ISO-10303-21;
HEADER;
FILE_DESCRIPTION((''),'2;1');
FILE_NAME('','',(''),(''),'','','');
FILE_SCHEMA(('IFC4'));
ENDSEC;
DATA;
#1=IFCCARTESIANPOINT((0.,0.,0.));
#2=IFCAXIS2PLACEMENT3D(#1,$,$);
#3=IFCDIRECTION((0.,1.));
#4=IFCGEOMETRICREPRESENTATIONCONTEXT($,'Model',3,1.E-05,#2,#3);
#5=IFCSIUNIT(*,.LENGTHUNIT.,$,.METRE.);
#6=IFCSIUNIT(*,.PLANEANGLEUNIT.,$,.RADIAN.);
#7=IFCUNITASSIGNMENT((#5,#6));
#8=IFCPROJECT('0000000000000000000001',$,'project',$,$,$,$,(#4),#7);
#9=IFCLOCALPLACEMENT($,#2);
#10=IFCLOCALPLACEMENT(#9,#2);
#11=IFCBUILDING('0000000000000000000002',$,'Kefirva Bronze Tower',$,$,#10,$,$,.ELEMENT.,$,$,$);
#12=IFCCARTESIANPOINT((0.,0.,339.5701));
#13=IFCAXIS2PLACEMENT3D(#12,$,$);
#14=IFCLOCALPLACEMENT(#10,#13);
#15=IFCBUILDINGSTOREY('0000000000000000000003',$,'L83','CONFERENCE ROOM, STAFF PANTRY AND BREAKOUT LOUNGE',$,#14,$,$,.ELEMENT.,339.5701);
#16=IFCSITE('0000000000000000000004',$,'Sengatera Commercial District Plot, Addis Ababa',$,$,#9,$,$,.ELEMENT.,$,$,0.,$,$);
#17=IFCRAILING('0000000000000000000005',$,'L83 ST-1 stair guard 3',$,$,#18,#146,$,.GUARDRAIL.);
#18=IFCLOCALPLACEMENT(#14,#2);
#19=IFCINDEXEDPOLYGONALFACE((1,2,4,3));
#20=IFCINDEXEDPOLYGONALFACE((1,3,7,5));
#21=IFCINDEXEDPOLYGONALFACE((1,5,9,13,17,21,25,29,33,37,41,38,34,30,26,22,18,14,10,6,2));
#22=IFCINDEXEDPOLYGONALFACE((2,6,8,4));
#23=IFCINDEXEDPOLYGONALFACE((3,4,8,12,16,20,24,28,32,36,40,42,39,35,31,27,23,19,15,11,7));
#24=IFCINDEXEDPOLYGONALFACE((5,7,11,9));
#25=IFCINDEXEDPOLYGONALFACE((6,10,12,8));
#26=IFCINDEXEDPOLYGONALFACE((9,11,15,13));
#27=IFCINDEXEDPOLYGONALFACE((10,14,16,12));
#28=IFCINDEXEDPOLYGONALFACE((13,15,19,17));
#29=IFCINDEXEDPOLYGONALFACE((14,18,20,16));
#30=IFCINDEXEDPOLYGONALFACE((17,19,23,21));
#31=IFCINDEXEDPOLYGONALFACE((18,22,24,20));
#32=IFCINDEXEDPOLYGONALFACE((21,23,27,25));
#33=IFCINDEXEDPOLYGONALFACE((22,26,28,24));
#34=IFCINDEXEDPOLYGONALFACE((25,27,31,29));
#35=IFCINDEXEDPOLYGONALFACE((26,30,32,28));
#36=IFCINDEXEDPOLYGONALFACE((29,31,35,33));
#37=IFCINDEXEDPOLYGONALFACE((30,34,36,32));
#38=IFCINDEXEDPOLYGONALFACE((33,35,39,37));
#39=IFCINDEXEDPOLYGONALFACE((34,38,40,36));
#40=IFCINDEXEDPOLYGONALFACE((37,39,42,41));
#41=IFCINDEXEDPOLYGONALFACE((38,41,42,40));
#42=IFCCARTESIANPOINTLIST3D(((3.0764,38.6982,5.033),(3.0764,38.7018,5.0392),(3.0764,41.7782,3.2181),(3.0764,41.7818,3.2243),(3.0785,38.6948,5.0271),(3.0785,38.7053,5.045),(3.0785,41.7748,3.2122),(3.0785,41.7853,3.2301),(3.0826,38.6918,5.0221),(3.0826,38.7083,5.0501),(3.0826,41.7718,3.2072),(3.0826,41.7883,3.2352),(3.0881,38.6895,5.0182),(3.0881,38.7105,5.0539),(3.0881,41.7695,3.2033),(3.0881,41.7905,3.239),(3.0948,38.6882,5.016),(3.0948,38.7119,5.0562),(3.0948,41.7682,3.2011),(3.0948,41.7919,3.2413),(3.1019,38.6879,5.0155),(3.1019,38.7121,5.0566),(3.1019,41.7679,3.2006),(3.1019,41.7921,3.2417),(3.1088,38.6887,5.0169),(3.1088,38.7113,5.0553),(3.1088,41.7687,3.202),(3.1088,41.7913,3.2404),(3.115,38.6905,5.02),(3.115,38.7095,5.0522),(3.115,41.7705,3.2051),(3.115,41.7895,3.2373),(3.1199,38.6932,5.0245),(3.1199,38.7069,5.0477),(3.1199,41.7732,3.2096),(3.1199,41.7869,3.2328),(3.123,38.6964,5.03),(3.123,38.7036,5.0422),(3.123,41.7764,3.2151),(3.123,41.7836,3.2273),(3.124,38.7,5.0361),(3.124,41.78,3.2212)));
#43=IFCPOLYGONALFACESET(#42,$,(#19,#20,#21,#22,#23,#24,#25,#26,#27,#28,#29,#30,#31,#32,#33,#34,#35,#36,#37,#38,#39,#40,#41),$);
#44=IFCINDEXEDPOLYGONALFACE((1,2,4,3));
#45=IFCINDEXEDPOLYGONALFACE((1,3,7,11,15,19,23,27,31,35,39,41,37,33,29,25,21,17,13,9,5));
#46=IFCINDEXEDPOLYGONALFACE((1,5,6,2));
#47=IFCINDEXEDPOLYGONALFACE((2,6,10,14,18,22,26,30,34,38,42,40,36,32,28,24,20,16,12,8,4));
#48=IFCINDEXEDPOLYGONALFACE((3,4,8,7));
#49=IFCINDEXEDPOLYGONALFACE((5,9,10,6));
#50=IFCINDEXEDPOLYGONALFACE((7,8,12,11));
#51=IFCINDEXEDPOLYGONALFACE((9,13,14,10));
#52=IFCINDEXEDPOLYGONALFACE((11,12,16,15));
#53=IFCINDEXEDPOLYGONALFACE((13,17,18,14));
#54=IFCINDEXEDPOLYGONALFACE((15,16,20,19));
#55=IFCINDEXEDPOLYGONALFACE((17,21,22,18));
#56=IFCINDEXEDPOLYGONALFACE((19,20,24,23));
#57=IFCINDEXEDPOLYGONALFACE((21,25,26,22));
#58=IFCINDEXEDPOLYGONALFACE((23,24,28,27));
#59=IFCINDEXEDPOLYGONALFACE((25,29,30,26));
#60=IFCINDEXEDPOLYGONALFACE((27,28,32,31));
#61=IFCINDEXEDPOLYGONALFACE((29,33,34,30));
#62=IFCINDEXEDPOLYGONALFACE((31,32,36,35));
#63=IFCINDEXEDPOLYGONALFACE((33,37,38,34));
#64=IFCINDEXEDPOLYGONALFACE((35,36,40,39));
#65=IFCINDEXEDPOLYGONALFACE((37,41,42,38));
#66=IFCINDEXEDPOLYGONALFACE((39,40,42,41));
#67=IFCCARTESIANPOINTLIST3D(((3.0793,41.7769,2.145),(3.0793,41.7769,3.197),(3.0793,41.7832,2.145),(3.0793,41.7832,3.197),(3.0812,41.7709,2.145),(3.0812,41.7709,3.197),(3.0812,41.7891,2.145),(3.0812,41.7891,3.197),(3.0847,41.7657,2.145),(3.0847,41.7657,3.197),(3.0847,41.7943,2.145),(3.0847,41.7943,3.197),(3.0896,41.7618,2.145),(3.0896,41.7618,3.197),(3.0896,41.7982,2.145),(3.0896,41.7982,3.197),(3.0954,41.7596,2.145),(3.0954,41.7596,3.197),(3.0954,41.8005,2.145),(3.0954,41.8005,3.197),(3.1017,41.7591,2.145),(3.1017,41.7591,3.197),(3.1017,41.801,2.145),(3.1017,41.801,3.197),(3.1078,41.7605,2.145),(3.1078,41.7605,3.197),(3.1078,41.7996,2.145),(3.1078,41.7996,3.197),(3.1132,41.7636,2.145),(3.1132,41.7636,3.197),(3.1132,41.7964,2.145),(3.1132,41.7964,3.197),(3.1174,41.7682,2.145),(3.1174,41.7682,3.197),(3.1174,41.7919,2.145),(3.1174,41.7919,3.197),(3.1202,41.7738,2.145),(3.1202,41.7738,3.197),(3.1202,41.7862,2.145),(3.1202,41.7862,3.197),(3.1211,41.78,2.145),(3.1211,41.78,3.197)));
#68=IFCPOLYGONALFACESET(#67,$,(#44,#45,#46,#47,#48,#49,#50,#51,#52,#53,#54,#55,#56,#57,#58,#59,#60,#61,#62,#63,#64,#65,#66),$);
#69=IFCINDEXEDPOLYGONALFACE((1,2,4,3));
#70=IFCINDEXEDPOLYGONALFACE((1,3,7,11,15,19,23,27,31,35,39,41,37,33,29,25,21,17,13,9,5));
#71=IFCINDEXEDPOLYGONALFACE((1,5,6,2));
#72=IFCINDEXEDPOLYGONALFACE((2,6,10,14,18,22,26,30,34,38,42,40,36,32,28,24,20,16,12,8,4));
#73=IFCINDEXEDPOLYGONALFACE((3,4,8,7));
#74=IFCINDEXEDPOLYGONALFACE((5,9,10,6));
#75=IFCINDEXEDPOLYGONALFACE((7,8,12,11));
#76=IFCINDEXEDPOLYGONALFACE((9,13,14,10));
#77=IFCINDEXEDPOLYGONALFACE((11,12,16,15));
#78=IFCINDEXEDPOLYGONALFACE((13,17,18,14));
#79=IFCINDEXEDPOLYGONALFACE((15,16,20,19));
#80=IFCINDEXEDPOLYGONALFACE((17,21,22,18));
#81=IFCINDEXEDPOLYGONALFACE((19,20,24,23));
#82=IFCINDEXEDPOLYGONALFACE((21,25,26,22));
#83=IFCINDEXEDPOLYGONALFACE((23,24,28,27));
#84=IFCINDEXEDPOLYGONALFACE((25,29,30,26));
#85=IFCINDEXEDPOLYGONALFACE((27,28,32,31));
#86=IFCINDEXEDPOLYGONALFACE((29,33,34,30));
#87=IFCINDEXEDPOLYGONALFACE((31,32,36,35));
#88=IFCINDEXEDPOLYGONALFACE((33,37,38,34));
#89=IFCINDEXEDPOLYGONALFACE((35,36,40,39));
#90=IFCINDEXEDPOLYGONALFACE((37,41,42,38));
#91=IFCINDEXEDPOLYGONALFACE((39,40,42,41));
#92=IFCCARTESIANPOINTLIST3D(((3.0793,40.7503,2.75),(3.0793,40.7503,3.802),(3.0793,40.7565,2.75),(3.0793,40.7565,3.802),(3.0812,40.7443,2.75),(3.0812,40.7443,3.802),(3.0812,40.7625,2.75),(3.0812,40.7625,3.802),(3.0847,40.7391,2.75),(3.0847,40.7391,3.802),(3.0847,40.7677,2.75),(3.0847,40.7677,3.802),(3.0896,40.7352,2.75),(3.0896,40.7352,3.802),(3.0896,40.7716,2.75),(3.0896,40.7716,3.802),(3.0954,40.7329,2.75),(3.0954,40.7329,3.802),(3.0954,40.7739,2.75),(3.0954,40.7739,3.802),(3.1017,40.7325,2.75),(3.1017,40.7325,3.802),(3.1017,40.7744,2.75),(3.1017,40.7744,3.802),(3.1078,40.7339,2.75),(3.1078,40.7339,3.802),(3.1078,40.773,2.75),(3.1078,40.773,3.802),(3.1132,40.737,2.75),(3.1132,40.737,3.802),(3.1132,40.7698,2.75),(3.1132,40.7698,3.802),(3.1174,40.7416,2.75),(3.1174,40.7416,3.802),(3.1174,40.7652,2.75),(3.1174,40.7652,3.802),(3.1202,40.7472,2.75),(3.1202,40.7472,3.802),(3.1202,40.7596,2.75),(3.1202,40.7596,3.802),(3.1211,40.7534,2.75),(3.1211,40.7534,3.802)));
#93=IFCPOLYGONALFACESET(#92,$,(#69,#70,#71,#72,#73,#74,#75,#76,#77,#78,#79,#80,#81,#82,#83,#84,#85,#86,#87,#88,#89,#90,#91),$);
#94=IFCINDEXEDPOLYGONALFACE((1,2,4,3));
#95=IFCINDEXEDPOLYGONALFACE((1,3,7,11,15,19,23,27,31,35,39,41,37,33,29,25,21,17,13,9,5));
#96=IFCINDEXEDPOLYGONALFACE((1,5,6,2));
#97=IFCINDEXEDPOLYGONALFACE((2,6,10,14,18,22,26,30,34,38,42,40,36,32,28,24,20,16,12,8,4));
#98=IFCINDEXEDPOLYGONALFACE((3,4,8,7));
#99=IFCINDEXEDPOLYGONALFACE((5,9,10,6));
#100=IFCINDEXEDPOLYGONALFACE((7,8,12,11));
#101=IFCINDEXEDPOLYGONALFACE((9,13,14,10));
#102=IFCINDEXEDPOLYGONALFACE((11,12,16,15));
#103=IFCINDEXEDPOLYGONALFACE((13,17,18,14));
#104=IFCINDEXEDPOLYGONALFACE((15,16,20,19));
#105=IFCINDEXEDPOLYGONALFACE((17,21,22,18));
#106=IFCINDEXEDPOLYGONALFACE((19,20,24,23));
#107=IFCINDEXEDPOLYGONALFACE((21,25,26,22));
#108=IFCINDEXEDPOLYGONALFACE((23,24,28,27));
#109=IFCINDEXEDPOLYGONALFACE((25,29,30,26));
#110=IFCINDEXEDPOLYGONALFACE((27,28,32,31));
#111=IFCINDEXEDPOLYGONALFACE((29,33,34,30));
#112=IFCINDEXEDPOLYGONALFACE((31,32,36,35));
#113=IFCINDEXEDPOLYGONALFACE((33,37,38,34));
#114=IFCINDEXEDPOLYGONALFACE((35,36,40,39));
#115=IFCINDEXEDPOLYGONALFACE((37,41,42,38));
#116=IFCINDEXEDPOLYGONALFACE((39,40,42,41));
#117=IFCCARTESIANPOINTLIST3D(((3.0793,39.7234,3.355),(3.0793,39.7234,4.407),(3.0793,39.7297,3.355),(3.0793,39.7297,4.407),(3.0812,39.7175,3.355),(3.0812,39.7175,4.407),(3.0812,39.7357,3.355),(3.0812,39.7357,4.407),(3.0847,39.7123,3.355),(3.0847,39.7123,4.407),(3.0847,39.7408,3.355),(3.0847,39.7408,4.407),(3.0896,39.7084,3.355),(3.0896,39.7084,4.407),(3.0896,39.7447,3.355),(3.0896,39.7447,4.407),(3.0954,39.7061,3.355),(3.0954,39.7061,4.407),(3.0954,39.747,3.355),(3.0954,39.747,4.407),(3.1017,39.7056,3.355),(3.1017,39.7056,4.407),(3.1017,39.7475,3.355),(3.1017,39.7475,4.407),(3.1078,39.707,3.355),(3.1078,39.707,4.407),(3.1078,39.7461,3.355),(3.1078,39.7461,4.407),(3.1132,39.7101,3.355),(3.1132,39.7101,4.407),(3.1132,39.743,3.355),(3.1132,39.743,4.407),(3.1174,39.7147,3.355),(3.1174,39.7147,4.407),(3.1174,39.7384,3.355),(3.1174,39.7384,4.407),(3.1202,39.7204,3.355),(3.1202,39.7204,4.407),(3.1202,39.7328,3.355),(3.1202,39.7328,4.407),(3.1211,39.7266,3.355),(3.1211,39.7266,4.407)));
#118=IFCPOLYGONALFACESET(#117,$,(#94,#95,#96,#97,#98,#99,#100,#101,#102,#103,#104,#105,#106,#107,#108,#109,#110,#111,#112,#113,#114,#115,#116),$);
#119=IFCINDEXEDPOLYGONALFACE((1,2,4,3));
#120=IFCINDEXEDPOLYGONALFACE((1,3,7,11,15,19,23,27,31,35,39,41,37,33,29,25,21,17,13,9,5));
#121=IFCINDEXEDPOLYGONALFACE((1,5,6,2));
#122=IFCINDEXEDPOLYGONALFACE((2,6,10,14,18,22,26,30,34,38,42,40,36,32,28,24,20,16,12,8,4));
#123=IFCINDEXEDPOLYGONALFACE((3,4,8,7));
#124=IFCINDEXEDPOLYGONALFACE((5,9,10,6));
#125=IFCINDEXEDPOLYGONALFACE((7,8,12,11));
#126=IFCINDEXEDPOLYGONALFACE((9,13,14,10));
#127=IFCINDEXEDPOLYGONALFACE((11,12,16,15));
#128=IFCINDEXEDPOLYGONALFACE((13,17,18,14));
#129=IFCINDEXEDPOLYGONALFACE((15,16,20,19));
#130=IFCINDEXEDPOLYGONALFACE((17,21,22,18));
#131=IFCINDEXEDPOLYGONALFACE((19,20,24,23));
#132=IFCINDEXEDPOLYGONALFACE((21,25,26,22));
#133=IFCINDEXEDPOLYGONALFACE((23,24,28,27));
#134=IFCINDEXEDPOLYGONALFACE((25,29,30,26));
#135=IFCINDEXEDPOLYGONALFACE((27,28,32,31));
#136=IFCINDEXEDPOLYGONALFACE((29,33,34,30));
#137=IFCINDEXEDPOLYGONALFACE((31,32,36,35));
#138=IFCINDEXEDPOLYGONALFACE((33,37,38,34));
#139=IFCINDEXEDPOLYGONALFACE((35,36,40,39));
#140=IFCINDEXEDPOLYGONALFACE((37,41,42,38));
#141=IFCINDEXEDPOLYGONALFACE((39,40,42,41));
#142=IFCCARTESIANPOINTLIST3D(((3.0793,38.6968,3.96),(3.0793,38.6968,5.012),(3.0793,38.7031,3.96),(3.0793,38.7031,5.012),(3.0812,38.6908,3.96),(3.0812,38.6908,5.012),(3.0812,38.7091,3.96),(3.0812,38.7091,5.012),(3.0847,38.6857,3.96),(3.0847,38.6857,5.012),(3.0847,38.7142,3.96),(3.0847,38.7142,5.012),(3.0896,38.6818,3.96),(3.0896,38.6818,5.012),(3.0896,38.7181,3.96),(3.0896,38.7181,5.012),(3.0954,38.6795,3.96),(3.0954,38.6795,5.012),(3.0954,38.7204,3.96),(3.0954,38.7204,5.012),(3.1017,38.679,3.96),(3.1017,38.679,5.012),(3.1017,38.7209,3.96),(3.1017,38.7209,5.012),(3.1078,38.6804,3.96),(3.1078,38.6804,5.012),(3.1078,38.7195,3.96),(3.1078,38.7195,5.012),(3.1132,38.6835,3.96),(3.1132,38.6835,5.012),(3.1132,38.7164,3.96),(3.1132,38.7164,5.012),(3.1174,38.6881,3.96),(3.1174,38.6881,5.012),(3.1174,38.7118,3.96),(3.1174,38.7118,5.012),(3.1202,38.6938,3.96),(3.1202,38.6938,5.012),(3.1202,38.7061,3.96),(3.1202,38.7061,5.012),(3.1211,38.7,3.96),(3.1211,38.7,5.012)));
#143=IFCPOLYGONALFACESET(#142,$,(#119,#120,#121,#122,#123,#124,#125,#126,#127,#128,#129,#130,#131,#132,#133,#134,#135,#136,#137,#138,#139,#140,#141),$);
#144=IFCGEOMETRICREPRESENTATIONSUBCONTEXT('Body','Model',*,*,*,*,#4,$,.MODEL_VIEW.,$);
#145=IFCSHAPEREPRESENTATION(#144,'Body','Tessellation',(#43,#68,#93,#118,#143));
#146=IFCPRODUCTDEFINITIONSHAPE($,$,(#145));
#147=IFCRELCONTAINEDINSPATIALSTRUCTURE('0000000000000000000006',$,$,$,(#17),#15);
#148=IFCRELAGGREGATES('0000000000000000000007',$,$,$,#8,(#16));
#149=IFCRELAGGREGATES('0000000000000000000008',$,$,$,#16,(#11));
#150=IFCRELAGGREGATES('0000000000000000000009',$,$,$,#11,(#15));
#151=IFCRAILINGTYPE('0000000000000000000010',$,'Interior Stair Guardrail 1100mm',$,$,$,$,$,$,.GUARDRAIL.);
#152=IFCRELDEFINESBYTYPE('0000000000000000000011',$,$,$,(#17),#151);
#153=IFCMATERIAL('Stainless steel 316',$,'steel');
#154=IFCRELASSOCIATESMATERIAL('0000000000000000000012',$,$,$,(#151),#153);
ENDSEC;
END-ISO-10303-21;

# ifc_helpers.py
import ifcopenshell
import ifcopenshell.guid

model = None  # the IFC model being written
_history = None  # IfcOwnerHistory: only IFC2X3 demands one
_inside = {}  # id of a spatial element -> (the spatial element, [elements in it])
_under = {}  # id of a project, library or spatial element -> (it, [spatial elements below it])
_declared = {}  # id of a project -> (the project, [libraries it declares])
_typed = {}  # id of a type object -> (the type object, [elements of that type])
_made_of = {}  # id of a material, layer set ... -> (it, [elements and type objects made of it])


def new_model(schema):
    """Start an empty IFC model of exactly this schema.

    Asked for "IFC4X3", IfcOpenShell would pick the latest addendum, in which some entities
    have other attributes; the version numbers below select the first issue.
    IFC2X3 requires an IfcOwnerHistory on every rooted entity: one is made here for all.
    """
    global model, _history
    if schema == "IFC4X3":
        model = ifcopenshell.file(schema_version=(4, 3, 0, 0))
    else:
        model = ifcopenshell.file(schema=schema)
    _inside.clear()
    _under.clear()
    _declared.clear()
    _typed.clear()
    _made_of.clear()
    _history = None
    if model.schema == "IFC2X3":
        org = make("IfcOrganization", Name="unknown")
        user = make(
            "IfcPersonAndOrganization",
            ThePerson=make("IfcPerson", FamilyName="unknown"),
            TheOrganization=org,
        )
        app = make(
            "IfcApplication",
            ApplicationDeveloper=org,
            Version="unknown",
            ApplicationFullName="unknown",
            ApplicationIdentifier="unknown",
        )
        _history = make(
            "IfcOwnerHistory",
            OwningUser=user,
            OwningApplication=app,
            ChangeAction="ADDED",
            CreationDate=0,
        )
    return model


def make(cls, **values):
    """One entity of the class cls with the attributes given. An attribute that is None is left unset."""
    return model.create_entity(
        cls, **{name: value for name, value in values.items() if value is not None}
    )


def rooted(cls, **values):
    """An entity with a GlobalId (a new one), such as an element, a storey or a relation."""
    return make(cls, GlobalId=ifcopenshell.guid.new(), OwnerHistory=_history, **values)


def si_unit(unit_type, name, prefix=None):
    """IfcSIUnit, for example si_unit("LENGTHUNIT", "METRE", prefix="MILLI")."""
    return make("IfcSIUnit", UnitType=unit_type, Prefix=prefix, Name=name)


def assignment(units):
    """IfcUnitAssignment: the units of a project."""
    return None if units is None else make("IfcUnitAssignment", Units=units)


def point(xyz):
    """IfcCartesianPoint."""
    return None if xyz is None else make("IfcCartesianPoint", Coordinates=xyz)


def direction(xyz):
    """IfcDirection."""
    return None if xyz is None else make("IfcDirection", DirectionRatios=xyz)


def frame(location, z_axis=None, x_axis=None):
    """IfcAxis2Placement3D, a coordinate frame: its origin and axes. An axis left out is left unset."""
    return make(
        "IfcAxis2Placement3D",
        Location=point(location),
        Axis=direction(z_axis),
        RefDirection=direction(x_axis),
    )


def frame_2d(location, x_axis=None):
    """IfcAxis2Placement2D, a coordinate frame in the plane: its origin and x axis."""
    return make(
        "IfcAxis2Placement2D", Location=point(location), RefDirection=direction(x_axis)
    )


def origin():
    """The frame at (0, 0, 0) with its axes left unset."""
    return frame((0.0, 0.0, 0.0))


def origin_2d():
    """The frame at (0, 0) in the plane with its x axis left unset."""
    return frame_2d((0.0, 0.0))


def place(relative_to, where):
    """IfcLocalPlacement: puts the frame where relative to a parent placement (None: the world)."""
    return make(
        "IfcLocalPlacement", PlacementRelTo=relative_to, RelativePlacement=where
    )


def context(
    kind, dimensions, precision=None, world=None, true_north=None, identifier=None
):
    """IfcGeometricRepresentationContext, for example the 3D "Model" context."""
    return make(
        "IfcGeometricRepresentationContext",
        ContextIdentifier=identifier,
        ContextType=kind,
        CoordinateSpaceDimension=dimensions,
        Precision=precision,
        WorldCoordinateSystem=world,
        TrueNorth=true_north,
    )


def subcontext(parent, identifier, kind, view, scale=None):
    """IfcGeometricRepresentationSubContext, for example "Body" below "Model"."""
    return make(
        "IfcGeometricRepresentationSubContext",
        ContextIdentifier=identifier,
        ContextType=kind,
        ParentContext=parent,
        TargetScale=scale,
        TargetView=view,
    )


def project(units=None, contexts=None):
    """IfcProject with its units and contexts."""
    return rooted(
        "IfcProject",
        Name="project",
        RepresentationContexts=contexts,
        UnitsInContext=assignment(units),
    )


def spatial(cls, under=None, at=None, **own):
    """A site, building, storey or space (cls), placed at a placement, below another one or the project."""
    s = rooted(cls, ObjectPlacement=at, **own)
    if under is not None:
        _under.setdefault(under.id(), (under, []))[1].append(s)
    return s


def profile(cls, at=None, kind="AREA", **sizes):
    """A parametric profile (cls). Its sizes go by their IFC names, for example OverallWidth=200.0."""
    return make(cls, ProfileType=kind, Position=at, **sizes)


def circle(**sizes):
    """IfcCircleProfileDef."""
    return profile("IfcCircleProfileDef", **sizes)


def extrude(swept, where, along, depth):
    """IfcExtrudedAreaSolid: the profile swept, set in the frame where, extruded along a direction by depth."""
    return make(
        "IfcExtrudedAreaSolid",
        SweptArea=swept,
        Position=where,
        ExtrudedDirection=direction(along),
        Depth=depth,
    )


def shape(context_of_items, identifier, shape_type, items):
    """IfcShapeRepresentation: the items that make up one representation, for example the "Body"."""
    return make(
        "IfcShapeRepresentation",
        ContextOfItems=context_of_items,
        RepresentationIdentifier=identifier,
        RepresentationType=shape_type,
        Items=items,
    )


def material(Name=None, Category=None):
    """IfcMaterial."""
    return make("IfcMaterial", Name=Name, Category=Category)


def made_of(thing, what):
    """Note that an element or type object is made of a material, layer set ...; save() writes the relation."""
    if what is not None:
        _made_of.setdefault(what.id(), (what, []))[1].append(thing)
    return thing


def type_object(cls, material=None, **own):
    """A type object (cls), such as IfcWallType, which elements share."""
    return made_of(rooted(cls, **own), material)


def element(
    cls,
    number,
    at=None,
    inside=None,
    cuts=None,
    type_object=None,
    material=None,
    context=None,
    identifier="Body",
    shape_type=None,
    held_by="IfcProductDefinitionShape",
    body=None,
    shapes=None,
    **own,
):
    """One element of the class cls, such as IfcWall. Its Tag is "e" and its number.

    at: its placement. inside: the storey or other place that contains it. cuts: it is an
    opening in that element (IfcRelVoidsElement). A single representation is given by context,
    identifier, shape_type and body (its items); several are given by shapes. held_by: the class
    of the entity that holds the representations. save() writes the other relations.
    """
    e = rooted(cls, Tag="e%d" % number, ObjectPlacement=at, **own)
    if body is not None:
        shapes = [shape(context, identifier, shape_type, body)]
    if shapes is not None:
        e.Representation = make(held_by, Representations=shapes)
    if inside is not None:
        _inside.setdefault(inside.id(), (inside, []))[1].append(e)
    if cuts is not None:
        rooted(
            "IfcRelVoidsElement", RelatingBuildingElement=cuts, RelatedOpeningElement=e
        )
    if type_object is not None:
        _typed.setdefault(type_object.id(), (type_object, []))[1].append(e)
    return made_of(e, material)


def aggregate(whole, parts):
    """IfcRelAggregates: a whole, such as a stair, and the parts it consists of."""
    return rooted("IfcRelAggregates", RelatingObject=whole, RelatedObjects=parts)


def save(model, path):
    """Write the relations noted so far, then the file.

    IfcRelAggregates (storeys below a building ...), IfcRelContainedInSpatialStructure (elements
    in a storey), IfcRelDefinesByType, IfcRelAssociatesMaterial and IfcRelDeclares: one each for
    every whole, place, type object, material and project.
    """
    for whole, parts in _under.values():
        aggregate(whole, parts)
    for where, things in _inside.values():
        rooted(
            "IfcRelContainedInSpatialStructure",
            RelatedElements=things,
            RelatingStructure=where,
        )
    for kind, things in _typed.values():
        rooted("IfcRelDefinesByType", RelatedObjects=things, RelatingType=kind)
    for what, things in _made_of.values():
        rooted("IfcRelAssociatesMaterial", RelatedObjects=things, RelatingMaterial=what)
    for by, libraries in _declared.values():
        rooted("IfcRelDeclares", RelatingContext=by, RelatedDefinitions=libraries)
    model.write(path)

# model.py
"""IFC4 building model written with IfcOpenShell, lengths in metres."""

from ifc_helpers import new_model, si_unit, direction, frame, origin, origin_2d, place, context, subcontext, project, spatial, circle, extrude, material, type_object, element, save


model = new_model("IFC4")

# Units and contexts
model_context = context("Model", 3, precision=1e-05, world=origin(), true_north=direction((0.0, 1.0)))
body_context = subcontext(model_context, "Body", "Model", "MODEL_VIEW")
ifc_project = project(units=[si_unit("LENGTHUNIT", "METRE"), si_unit("PLANEANGLEUNIT", "RADIAN")], contexts=[model_context])

# Site, building, storey
site_placement = place(None, origin())
site = spatial("IfcSite", under=ifc_project, at=site_placement, Name="Sengatera Commercial District Plot, Addis Ababa", CompositionType="ELEMENT", RefElevation=0.0)
building_placement = place(site_placement, origin())
building = spatial("IfcBuilding", under=site, at=building_placement, Name="Kefirva Bronze Tower", CompositionType="ELEMENT")
storey_placement = place(building_placement, frame((0.0, 0.0, 339.5701)))
storey = spatial("IfcBuildingStorey", under=building, at=storey_placement, Name="L83", Description="CONFERENCE ROOM, STAFF PANTRY AND BREAKOUT LOUNGE", CompositionType="ELEMENT", Elevation=339.5701)

# Railing
ifc_material_1 = material(Name="Stainless steel 316", Category="steel")
railing_type_1 = type_object("IfcRailingType", Name="Interior Stair Guardrail 1100mm", PredefinedType="GUARDRAIL", material=ifc_material_1)
railing_1_placement = place(storey_placement, frame((3.1001, 41.78, 2.145)))
element("IfcRailing", 1, at=railing_1_placement, inside=storey, type_object=railing_type_1, Name="L83 ST-1 stair guard 3", PredefinedType="GUARDRAIL", context=body_context, shape_type="SweptSolid", body=[
    extrude(circle(Radius=0.0239, at=origin_2d()), frame((0.0, 0.0, 1.0762), z_axis=(0.0, -0.861551, 0.507671), x_axis=(1.0, 0.0, 0.0)), (0.0, 0.0, 1.0), 3.575),
    extrude(circle(Radius=0.021, at=origin_2d()), origin(), (0.0, 0.0, 1.0), 1.052),
    extrude(circle(Radius=0.021, at=origin_2d()), frame((0.0, -1.0266, 0.605)), (0.0, 0.0, 1.0), 1.052),
    extrude(circle(Radius=0.021, at=origin_2d()), frame((0.0, -2.0535, 1.21)), (0.0, 0.0, 1.0), 1.052),
    extrude(circle(Radius=0.021, at=origin_2d()), frame((0.0, -3.0801, 1.8149)), (0.0, 0.0, 1.0), 1.052),
])

save(model, "model.ifc")
